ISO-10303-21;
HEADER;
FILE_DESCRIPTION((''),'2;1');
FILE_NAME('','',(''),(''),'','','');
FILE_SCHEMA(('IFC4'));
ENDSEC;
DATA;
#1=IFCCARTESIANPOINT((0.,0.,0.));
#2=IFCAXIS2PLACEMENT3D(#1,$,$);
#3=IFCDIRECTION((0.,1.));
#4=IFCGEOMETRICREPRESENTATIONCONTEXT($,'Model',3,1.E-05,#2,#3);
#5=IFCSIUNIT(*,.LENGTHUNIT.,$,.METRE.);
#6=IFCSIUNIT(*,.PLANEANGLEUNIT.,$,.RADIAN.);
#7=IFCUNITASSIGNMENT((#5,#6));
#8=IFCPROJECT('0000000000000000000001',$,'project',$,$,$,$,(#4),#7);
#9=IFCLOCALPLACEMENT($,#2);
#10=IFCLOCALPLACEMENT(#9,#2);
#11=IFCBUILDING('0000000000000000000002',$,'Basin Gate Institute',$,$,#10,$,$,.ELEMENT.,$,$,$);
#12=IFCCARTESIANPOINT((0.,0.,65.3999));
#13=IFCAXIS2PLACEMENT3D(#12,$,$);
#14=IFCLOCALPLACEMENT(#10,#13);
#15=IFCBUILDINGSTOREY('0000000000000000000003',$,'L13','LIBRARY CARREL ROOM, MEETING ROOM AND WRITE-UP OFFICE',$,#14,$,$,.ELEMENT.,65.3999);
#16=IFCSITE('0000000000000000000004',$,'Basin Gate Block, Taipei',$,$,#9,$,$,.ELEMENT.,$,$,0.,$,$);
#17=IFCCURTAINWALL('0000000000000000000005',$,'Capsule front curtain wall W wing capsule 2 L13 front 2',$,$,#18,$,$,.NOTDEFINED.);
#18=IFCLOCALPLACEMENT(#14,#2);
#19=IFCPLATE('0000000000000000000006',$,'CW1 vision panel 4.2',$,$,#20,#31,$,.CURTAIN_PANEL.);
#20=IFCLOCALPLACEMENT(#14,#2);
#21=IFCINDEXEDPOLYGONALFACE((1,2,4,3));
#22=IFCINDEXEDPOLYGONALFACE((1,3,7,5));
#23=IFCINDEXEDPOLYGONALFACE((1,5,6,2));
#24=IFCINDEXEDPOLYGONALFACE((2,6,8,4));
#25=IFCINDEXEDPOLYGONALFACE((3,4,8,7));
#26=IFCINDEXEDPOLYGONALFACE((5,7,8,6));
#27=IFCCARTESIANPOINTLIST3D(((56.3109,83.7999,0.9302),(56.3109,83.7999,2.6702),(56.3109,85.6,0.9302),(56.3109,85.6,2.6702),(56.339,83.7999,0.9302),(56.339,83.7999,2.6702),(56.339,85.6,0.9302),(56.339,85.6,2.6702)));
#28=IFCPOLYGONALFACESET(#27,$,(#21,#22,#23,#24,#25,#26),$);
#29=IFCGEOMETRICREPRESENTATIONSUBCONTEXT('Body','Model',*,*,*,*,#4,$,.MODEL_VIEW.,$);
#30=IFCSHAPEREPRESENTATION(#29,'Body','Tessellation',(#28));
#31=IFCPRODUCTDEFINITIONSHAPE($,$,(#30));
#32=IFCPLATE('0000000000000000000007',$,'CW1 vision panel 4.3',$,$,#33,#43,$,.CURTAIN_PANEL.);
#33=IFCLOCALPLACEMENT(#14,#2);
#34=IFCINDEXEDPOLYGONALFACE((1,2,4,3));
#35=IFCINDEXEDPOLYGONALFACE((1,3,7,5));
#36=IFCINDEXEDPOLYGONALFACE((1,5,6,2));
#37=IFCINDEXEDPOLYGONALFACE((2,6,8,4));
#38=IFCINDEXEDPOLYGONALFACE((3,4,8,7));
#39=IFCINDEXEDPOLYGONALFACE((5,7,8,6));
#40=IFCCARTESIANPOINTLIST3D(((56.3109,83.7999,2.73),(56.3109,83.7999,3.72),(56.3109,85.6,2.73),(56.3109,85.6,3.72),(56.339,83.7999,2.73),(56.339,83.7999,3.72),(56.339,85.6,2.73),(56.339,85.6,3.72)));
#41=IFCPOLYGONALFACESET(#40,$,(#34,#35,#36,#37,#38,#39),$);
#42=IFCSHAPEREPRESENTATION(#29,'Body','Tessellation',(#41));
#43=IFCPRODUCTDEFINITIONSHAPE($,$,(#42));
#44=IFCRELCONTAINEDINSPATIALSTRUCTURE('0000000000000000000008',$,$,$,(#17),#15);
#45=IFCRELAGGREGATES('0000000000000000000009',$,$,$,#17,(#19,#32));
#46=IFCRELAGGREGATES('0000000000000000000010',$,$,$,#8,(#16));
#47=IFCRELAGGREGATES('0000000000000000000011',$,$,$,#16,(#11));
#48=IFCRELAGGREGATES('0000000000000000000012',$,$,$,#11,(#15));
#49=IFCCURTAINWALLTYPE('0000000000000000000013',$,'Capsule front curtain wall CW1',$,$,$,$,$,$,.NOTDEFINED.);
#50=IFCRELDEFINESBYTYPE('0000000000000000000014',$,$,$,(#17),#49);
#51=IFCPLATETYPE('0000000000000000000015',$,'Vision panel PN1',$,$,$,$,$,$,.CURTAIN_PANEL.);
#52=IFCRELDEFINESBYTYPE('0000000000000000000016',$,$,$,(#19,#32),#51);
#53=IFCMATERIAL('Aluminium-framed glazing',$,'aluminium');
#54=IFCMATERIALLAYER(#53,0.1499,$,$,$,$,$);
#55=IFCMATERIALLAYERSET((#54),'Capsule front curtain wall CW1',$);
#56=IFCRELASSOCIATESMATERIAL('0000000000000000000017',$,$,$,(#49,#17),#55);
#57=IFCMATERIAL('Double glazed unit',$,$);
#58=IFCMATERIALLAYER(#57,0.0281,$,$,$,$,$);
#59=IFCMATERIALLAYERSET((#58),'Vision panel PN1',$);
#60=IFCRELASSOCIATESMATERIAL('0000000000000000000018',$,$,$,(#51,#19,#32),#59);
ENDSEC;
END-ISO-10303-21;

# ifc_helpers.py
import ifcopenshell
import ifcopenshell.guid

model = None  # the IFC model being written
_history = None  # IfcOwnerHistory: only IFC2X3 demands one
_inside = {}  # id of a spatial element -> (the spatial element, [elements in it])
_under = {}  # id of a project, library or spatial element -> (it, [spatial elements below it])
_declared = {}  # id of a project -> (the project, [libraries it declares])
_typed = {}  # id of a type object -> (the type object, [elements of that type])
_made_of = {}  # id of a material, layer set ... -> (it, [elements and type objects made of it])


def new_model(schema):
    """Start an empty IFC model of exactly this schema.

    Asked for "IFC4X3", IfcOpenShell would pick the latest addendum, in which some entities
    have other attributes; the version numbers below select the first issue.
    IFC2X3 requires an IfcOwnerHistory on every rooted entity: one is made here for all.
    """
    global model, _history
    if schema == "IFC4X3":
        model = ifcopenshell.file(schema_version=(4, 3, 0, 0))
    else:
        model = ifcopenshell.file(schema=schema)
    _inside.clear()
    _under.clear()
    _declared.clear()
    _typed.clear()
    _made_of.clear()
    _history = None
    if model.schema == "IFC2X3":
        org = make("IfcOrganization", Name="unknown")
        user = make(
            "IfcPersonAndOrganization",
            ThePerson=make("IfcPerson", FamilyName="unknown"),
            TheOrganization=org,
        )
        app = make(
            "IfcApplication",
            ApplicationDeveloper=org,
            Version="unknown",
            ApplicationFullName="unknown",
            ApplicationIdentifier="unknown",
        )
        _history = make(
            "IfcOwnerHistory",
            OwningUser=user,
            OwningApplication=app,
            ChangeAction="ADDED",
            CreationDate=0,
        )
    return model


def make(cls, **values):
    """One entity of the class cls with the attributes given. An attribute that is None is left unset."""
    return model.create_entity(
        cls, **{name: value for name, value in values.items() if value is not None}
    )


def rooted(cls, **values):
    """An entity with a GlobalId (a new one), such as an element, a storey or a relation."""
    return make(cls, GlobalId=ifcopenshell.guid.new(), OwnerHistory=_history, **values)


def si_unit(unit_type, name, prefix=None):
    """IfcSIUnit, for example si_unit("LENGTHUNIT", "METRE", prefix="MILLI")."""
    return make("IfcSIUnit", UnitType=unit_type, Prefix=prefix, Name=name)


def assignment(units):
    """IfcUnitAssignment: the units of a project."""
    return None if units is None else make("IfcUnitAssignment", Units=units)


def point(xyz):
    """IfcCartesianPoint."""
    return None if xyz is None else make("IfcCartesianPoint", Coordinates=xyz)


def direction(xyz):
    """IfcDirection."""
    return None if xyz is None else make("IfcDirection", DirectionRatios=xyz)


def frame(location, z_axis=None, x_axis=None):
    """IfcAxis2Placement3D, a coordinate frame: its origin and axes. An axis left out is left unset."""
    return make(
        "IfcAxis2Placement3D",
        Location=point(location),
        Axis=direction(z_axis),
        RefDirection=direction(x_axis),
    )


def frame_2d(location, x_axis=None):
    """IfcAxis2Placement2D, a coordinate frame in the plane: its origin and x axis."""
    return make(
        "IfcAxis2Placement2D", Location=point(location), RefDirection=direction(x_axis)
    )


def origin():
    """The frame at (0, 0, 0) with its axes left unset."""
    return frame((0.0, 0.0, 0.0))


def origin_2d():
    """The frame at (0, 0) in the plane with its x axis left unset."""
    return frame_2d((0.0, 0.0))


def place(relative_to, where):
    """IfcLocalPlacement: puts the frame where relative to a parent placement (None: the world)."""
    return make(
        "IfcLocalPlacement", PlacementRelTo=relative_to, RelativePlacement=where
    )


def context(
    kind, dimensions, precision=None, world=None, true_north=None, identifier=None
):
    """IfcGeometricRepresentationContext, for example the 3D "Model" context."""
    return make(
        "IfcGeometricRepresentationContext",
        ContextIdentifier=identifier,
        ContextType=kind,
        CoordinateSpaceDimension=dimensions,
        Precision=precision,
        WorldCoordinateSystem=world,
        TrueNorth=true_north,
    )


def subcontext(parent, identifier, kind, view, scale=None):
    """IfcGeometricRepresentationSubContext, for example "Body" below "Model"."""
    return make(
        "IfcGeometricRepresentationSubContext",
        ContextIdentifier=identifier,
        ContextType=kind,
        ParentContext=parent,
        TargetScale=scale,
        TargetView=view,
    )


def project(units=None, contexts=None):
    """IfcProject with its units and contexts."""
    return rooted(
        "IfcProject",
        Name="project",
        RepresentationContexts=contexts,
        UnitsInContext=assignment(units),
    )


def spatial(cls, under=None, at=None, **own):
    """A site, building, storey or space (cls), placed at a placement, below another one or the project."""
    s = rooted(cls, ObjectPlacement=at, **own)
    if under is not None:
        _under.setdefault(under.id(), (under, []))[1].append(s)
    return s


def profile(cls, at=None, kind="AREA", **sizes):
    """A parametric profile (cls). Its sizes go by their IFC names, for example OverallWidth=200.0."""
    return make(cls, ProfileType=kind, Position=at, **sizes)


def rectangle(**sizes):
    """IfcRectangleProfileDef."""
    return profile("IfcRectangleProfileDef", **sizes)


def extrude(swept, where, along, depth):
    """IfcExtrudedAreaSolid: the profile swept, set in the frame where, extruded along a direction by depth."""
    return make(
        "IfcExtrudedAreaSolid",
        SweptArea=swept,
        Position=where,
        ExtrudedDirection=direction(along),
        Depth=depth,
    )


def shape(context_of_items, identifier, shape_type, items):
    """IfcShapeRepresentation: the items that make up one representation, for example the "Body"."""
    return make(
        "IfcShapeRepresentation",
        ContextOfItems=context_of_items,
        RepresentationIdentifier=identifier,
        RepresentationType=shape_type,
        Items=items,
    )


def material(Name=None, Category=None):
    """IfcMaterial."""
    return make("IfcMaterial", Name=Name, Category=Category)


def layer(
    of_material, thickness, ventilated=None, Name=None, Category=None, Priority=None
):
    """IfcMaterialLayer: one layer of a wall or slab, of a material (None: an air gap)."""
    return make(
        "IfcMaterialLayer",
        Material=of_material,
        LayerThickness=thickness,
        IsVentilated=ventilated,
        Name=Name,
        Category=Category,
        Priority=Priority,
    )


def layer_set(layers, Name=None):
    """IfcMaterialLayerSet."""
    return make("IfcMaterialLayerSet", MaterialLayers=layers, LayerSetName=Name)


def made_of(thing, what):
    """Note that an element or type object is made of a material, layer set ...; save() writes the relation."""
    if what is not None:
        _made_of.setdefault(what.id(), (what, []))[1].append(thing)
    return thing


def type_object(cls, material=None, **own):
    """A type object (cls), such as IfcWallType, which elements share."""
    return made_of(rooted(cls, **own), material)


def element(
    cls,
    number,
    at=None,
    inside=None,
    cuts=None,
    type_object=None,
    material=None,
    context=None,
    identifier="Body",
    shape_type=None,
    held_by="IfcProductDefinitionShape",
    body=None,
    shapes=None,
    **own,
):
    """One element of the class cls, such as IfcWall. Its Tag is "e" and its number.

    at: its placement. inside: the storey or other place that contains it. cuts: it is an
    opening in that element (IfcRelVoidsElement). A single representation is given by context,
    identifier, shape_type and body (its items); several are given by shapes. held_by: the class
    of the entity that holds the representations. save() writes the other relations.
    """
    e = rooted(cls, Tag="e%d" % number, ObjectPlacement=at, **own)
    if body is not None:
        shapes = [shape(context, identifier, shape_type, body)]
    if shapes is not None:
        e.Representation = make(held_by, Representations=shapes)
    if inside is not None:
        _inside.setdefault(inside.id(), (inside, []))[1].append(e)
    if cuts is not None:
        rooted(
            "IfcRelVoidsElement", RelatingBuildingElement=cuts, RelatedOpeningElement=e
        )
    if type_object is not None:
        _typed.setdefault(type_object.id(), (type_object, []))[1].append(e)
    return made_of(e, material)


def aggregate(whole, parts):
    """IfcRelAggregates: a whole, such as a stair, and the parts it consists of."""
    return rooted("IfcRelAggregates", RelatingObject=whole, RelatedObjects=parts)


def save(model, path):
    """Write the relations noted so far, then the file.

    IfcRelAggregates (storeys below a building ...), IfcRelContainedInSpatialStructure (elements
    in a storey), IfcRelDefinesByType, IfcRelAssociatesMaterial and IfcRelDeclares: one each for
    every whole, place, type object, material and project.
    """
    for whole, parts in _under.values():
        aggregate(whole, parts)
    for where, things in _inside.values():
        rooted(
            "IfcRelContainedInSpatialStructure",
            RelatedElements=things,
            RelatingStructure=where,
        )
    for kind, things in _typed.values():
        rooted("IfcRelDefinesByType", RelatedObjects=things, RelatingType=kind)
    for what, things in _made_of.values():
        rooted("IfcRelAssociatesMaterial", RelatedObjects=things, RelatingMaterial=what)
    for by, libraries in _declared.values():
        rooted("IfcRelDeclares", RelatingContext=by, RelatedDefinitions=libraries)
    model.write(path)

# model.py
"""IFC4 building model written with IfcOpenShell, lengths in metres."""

from ifc_helpers import new_model, si_unit, direction, frame, origin, origin_2d, place, context, subcontext, project, spatial, rectangle, extrude, material, layer, layer_set, type_object, element, aggregate, save


model = new_model("IFC4")

# Units and contexts
model_context = context("Model", 3, precision=1e-05, world=origin(), true_north=direction((0.0, 1.0)))
body_context = subcontext(model_context, "Body", "Model", "MODEL_VIEW")
ifc_project = project(units=[si_unit("LENGTHUNIT", "METRE"), si_unit("PLANEANGLEUNIT", "RADIAN")], contexts=[model_context])

# Site, building, storey
site_placement = place(None, origin())
site = spatial("IfcSite", under=ifc_project, at=site_placement, Name="Basin Gate Block, Taipei", CompositionType="ELEMENT", RefElevation=0.0)
building_placement = place(site_placement, origin())
building = spatial("IfcBuilding", under=site, at=building_placement, Name="Basin Gate Institute", CompositionType="ELEMENT")
storey_placement = place(building_placement, frame((0.0, 0.0, 65.3999)))
storey = spatial("IfcBuildingStorey", under=building, at=storey_placement, Name="L13", Description="LIBRARY CARREL ROOM, MEETING ROOM AND WRITE-UP OFFICE", CompositionType="ELEMENT", Elevation=65.3999)

# Shared definitions
ifc_material_1 = material(Name="Aluminium-framed glazing", Category="aluminium")
ifc_layer_1 = layer(ifc_material_1, 0.1499)
ifc_layer_set_1 = layer_set([ifc_layer_1], Name="Capsule front curtain wall CW1")
curtain_wall_type = type_object("IfcCurtainWallType", Name="Capsule front curtain wall CW1", PredefinedType="NOTDEFINED", material=ifc_layer_set_1)

# Curtain wall
curtain_wall_1_placement = place(storey_placement, origin())
curtain_wall_1 = element("IfcCurtainWall", 1, at=curtain_wall_1_placement, inside=storey, type_object=curtain_wall_type, material=ifc_layer_set_1, Name="Capsule front curtain wall W wing capsule 2 L13 front 2", PredefinedType="NOTDEFINED")

# Plates
ifc_material_2 = material(Name="Double glazed unit")
ifc_layer_2 = layer(ifc_material_2, 0.0281)
ifc_layer_set_2 = layer_set([ifc_layer_2], Name="Vision panel PN1")
plate_type_1 = type_object("IfcPlateType", Name="Vision panel PN1", PredefinedType="CURTAIN_PANEL", material=ifc_layer_set_2)
plate_1_placement = place(storey_placement, frame((56.325, 84.7, 0.9302), z_axis=(0.0, 0.0, 1.0), x_axis=(0.0, 1.0, 0.0)))
plate_1 = element("IfcPlate", 2, at=plate_1_placement, type_object=plate_type_1, material=ifc_layer_set_2, Name="CW1 vision panel 4.2", PredefinedType="CURTAIN_PANEL", context=body_context, shape_type="SweptSolid", body=[
    extrude(rectangle(XDim=1.8, YDim=0.0281, at=origin_2d()), origin(), (0.0, 0.0, 1.0), 1.74),
])
plate_2_placement = place(storey_placement, frame((56.325, 84.7, 2.73), z_axis=(0.0, 0.0, 1.0), x_axis=(0.0, 1.0, 0.0)))
plate_2 = element("IfcPlate", 3, at=plate_2_placement, type_object=plate_type_1, material=ifc_layer_set_2, Name="CW1 vision panel 4.3", PredefinedType="CURTAIN_PANEL", context=body_context, shape_type="SweptSolid", body=[
    extrude(rectangle(XDim=1.8, YDim=0.0281, at=origin_2d()), origin(), (0.0, 0.0, 1.0), 0.99),
])
aggregate(curtain_wall_1, [plate_1, plate_2])

save(model, "model.ifc")
